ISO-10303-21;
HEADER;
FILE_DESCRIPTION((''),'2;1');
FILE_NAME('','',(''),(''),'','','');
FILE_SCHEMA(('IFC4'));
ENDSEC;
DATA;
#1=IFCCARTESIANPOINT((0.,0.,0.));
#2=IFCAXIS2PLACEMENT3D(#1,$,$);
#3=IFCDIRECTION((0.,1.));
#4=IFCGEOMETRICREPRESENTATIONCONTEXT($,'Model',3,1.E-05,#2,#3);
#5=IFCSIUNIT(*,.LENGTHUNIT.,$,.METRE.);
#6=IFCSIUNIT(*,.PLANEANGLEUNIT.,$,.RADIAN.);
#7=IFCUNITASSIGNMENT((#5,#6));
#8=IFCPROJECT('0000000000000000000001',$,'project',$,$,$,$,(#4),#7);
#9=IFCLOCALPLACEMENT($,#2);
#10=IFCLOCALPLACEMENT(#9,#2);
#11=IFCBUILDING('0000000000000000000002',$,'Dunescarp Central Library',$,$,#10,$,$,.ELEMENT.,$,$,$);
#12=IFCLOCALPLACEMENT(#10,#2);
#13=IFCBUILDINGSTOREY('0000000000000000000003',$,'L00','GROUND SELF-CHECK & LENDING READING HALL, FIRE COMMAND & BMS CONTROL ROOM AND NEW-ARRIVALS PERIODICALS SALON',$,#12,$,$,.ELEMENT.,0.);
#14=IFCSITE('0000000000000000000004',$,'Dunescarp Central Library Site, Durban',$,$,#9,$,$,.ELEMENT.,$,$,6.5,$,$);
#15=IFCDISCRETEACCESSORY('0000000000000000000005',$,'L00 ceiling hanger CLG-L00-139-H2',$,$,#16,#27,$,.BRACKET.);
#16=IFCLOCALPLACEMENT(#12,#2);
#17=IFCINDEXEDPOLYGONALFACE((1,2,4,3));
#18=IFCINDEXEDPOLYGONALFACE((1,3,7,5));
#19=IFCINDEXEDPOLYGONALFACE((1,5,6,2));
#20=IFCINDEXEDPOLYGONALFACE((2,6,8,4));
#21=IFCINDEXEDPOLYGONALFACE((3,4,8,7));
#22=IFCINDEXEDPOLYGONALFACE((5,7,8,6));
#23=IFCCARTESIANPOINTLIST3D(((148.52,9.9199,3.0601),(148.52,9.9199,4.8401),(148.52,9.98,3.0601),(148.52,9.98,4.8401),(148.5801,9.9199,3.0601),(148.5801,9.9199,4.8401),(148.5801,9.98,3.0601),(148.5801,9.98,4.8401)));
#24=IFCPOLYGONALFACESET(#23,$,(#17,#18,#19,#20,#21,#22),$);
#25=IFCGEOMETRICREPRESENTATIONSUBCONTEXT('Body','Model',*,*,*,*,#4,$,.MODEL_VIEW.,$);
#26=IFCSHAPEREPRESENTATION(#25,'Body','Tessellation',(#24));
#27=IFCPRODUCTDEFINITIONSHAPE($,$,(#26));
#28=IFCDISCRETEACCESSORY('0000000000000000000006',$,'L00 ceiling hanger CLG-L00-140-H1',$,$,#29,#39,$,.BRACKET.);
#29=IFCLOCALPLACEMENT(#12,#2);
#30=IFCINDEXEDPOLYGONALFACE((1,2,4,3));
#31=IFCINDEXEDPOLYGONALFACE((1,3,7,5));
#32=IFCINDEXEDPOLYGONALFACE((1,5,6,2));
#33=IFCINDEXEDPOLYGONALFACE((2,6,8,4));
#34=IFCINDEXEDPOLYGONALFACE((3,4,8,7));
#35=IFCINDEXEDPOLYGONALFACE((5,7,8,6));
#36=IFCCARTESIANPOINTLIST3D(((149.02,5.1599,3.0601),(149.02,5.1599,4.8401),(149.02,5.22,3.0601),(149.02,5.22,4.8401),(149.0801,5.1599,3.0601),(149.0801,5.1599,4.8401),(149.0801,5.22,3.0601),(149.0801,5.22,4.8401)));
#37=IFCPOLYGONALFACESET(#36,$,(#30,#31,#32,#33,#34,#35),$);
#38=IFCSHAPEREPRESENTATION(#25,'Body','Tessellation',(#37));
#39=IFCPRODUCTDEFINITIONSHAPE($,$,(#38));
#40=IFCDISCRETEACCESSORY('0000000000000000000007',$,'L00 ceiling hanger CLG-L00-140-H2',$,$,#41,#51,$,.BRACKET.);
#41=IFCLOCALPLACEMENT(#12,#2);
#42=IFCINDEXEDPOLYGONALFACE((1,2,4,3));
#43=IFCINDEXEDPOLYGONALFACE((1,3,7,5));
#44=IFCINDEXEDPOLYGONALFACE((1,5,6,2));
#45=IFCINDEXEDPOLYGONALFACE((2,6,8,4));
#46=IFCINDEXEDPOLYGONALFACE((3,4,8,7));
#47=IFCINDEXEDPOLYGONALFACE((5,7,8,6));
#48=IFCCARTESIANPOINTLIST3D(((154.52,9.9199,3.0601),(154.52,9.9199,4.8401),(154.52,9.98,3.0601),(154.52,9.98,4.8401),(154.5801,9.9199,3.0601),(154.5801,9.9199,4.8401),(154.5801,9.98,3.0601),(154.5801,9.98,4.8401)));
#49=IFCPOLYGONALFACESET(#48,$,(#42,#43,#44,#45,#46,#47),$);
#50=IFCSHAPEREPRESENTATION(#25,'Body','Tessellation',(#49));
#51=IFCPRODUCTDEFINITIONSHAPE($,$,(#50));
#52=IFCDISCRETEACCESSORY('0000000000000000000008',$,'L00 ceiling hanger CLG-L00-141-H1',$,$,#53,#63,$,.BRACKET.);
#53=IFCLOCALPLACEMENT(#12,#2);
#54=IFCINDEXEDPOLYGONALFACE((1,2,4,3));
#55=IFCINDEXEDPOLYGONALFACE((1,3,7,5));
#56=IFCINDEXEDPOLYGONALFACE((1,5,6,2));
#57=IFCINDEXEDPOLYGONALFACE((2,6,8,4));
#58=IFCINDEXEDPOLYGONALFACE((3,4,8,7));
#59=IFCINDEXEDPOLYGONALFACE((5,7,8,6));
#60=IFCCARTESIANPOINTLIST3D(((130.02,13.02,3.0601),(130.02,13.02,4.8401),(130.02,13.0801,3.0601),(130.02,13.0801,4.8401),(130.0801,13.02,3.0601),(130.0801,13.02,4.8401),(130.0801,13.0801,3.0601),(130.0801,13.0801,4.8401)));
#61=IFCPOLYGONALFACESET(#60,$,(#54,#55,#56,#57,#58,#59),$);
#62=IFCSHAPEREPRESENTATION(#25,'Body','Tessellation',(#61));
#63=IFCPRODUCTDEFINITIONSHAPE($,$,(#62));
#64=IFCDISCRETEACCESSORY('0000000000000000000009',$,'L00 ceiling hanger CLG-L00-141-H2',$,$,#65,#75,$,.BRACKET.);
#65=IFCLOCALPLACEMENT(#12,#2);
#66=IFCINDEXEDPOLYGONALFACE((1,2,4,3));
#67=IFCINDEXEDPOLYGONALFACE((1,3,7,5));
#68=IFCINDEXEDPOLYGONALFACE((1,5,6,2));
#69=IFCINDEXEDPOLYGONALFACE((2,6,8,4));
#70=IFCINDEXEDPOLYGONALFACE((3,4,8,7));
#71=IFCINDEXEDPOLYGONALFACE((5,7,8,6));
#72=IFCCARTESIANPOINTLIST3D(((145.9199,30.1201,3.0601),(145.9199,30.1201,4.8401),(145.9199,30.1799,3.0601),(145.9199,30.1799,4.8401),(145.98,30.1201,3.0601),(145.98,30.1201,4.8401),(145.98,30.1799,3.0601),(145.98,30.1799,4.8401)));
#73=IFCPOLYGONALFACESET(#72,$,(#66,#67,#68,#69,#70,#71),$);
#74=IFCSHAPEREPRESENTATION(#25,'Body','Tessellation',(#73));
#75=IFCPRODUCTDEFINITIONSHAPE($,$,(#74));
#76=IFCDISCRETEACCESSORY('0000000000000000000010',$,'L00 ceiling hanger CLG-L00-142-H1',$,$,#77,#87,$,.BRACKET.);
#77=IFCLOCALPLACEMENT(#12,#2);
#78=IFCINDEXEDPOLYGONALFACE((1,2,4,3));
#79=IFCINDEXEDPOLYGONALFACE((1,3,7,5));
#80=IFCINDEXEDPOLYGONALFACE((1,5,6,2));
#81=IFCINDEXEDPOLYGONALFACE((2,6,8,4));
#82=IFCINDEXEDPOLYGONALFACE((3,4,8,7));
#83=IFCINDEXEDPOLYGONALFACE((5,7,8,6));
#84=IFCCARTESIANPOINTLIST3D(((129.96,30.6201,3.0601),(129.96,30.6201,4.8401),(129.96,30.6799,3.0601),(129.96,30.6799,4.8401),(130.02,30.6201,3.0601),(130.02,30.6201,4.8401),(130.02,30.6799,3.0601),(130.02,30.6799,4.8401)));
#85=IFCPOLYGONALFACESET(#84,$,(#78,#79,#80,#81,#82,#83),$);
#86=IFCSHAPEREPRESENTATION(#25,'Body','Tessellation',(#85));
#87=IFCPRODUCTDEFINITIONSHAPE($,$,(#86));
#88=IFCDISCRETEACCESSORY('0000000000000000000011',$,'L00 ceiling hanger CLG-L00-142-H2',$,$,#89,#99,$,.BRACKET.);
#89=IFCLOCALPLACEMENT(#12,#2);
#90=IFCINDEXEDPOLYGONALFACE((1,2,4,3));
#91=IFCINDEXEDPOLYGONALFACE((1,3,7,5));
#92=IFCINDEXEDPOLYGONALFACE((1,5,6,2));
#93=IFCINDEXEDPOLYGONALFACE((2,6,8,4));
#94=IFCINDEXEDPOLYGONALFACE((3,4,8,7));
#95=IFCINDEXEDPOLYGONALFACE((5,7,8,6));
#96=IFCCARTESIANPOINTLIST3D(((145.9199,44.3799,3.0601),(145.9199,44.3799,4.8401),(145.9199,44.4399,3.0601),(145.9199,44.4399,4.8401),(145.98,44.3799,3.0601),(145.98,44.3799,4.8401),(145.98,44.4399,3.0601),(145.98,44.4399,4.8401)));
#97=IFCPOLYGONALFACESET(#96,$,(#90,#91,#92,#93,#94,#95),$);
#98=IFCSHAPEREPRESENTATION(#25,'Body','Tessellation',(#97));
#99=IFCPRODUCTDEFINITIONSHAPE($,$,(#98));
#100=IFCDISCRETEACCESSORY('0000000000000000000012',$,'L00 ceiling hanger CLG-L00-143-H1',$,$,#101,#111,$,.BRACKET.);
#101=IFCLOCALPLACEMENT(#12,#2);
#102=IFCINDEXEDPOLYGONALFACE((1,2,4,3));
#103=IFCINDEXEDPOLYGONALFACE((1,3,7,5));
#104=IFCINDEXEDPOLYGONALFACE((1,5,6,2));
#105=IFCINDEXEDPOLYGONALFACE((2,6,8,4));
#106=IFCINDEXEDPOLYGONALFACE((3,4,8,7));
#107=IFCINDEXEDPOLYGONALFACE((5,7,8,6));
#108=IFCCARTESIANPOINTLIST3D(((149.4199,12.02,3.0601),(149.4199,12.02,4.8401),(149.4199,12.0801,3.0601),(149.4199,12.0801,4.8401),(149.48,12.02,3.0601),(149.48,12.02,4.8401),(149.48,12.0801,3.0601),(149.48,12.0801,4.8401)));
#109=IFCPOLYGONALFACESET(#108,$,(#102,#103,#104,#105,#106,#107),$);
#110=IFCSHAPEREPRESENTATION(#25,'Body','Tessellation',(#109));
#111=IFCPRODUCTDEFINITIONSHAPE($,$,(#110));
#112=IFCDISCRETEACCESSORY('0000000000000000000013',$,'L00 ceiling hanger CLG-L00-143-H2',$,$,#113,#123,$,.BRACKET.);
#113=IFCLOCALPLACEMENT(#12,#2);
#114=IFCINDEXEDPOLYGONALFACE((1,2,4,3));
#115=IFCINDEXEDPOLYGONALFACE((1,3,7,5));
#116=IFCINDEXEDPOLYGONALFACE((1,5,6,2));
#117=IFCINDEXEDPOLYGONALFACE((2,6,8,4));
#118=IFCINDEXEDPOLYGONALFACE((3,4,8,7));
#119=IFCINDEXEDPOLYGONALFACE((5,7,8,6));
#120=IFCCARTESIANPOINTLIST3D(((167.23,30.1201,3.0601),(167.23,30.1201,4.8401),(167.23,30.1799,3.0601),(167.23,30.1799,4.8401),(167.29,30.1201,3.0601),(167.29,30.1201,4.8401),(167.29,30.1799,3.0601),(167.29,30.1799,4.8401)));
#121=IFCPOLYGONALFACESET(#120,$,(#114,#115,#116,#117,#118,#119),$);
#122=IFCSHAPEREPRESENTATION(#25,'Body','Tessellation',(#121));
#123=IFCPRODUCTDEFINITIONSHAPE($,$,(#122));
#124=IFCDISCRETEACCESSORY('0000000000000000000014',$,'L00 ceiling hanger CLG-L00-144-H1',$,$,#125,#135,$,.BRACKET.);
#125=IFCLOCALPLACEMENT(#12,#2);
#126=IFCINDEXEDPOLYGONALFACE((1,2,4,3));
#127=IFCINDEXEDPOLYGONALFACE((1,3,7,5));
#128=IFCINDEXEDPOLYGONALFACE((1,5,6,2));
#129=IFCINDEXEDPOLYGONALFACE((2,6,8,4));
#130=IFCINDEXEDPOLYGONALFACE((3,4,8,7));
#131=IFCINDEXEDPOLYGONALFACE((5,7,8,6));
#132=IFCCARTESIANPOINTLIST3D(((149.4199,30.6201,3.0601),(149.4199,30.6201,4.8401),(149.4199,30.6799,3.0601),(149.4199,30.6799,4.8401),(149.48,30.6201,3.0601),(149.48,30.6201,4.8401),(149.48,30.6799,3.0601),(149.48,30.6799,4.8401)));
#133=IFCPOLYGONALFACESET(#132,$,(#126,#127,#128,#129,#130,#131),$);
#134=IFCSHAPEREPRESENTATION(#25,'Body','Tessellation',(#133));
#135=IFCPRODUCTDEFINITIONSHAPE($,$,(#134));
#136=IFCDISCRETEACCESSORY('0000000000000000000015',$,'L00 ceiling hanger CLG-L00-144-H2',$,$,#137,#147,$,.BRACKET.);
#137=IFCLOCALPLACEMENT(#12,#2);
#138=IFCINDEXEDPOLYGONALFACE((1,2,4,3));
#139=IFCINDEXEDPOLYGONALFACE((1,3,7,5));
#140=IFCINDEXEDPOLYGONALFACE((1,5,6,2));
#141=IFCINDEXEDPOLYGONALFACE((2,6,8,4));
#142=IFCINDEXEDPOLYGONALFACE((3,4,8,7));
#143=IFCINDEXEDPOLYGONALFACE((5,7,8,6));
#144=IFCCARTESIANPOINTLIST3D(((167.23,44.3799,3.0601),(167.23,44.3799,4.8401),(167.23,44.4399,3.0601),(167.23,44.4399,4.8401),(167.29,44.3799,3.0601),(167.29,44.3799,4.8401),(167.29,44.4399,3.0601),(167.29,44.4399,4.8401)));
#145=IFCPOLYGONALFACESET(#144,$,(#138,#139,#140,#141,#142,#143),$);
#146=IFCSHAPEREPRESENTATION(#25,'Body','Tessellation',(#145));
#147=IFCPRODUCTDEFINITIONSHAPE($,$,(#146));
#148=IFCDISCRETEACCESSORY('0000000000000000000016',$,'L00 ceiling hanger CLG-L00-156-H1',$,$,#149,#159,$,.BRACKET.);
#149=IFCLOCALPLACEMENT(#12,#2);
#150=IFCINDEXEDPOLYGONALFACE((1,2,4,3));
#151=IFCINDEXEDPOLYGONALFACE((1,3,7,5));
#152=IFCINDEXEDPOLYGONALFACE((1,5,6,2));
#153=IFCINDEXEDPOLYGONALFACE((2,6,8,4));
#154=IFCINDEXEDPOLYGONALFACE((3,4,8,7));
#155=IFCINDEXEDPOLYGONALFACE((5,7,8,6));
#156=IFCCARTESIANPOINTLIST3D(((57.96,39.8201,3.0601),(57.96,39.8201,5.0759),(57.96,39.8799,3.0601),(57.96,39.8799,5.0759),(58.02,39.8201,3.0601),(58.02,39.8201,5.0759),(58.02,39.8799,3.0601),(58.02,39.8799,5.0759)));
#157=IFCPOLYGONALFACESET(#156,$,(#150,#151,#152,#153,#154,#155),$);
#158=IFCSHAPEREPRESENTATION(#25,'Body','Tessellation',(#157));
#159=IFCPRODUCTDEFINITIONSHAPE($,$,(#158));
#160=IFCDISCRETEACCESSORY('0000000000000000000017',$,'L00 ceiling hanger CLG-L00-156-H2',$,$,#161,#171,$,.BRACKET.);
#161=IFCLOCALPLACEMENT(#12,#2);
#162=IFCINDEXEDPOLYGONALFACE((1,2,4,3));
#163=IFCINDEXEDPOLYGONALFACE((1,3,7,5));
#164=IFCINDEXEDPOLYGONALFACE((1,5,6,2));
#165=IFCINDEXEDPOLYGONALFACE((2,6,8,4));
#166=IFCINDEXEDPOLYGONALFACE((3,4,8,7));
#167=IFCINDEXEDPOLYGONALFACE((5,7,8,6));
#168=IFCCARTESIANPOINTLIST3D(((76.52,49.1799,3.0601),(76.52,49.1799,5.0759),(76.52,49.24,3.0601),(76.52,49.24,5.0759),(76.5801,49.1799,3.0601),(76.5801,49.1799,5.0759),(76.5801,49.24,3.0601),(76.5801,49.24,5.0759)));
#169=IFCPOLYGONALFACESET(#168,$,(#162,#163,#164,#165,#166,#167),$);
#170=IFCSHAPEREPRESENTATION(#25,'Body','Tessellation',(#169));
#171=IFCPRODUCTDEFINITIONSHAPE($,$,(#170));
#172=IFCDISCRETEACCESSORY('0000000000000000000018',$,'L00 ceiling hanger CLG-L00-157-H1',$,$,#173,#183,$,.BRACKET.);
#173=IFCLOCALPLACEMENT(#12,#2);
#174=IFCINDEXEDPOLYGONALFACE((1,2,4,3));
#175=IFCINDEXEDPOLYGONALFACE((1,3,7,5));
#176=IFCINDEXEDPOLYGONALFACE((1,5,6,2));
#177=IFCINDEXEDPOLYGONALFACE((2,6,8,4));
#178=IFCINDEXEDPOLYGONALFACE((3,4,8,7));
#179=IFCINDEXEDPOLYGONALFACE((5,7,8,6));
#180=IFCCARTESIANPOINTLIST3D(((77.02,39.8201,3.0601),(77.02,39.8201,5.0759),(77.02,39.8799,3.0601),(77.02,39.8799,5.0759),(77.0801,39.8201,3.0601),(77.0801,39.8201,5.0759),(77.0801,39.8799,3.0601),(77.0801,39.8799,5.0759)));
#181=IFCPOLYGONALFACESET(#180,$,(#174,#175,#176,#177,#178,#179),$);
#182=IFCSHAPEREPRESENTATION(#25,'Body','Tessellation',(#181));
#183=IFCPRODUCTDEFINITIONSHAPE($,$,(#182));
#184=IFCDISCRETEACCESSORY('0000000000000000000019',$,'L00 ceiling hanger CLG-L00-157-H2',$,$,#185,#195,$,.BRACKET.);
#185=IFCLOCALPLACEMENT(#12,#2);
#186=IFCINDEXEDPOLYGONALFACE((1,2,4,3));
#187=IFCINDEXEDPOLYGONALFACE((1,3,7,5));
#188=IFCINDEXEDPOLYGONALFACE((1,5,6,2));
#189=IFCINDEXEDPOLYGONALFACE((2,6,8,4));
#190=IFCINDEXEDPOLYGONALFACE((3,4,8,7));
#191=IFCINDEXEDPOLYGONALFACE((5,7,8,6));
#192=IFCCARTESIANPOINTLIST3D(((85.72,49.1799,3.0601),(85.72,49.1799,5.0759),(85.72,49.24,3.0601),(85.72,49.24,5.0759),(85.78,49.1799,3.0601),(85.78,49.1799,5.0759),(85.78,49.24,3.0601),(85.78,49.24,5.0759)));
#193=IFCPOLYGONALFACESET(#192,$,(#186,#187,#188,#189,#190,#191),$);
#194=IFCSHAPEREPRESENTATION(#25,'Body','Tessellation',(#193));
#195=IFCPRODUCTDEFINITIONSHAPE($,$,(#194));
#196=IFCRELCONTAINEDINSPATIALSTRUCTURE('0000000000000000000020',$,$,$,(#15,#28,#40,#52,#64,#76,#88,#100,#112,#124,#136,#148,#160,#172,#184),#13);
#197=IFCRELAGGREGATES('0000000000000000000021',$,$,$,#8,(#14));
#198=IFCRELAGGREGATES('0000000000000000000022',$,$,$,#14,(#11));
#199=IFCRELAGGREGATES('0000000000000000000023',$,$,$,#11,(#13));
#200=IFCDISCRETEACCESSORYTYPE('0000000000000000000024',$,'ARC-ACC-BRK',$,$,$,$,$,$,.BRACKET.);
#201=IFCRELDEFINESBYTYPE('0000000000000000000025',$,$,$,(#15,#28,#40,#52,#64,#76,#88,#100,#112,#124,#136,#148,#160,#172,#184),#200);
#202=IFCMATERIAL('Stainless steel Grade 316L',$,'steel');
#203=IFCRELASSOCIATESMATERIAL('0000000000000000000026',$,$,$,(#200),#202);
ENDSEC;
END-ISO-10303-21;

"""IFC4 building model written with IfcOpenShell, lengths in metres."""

from ifc_helpers import new_model, si_unit, direction, frame, origin, place, context, subcontext, project, spatial, polyline, outline, extrude, material, type_object, element, save


model = new_model("IFC4")

# Units and contexts
model_context = context("Model", 3, precision=1e-05, world=origin(), true_north=direction((0.0, 1.0)))
body_context = subcontext(model_context, "Body", "Model", "MODEL_VIEW")
ifc_project = project(units=[si_unit("LENGTHUNIT", "METRE"), si_unit("PLANEANGLEUNIT", "RADIAN")], contexts=[model_context])

# Site, building, storey
site_placement = place(None, origin())
site = spatial("IfcSite", under=ifc_project, at=site_placement, Name="Dunescarp Central Library Site, Durban", CompositionType="ELEMENT", RefElevation=6.5)
building_placement = place(site_placement, origin())
building = spatial("IfcBuilding", under=site, at=building_placement, Name="Dunescarp Central Library", CompositionType="ELEMENT")
storey_placement = place(building_placement, origin())
storey = spatial("IfcBuildingStorey", under=building, at=storey_placement, Name="L00", Description="GROUND SELF-CHECK & LENDING READING HALL, FIRE COMMAND & BMS CONTROL ROOM AND NEW-ARRIVALS PERIODICALS SALON", CompositionType="ELEMENT", Elevation=0.0)

# Discrete accessories
ifc_material_1 = material(Name="Stainless steel Grade 316L", Category="steel")
discrete_accessory_type = type_object("IfcDiscreteAccessoryType", Name="ARC-ACC-BRK", PredefinedType="BRACKET", material=ifc_material_1)
discrete_accessory_1_placement = place(storey_placement, frame((0.0, 0.0, 3.0601)))
element("IfcDiscreteAccessory", 1, at=discrete_accessory_1_placement, inside=storey, type_object=discrete_accessory_type, Name="L00 ceiling hanger CLG-L00-139-H2", PredefinedType="BRACKET", context=body_context, shape_type="SweptSolid", body=[
    extrude(outline(polyline([(148.52, 9.9199), (148.5801, 9.9199), (148.5801, 9.98), (148.52, 9.98), (148.52, 9.9199)])), origin(), (0.0, 0.0, 1.0), 1.78),
])
discrete_accessory_2_placement = place(storey_placement, frame((0.0, 0.0, 3.0601)))
element("IfcDiscreteAccessory", 2, at=discrete_accessory_2_placement, inside=storey, type_object=discrete_accessory_type, Name="L00 ceiling hanger CLG-L00-140-H1", PredefinedType="BRACKET", context=body_context, shape_type="SweptSolid", body=[
    extrude(outline(polyline([(149.02, 5.1599), (149.0801, 5.1599), (149.0801, 5.22), (149.02, 5.22), (149.02, 5.1599)])), origin(), (0.0, 0.0, 1.0), 1.78),
])
discrete_accessory_3_placement = place(storey_placement, frame((0.0, 0.0, 3.0601)))
element("IfcDiscreteAccessory", 3, at=discrete_accessory_3_placement, inside=storey, type_object=discrete_accessory_type, Name="L00 ceiling hanger CLG-L00-140-H2", PredefinedType="BRACKET", context=body_context, shape_type="SweptSolid", body=[
    extrude(outline(polyline([(154.52, 9.9199), (154.5801, 9.9199), (154.5801, 9.98), (154.52, 9.98), (154.52, 9.9199)])), origin(), (0.0, 0.0, 1.0), 1.78),
])
discrete_accessory_4_placement = place(storey_placement, frame((0.0, 0.0, 3.0601)))
element("IfcDiscreteAccessory", 4, at=discrete_accessory_4_placement, inside=storey, type_object=discrete_accessory_type, Name="L00 ceiling hanger CLG-L00-141-H1", PredefinedType="BRACKET", context=body_context, shape_type="SweptSolid", body=[
    extrude(outline(polyline([(130.02, 13.02), (130.0801, 13.02), (130.0801, 13.0801), (130.02, 13.0801), (130.02, 13.02)])), origin(), (0.0, 0.0, 1.0), 1.78),
])
discrete_accessory_5_placement = place(storey_placement, frame((0.0, 0.0, 3.0601)))
element("IfcDiscreteAccessory", 5, at=discrete_accessory_5_placement, inside=storey, type_object=discrete_accessory_type, Name="L00 ceiling hanger CLG-L00-141-H2", PredefinedType="BRACKET", context=body_context, shape_type="SweptSolid", body=[
    extrude(outline(polyline([(145.9199, 30.1201), (145.98, 30.1201), (145.98, 30.1799), (145.9199, 30.1799), (145.9199, 30.1201)])), origin(), (0.0, 0.0, 1.0), 1.78),
])
discrete_accessory_6_placement = place(storey_placement, frame((0.0, 0.0, 3.0601)))
element("IfcDiscreteAccessory", 6, at=discrete_accessory_6_placement, inside=storey, type_object=discrete_accessory_type, Name="L00 ceiling hanger CLG-L00-142-H1", PredefinedType="BRACKET", context=body_context, shape_type="SweptSolid", body=[
    extrude(outline(polyline([(129.96, 30.6201), (130.02, 30.6201), (130.02, 30.6799), (129.96, 30.6799), (129.96, 30.6201)])), origin(), (0.0, 0.0, 1.0), 1.78),
])
discrete_accessory_7_placement = place(storey_placement, frame((0.0, 0.0, 3.0601)))
element("IfcDiscreteAccessory", 7, at=discrete_accessory_7_placement, inside=storey, type_object=discrete_accessory_type, Name="L00 ceiling hanger CLG-L00-142-H2", PredefinedType="BRACKET", context=body_context, shape_type="SweptSolid", body=[
    extrude(outline(polyline([(145.9199, 44.3799), (145.98, 44.3799), (145.98, 44.4399), (145.9199, 44.4399), (145.9199, 44.3799)])), origin(), (0.0, 0.0, 1.0), 1.78),
])
discrete_accessory_8_placement = place(storey_placement, frame((0.0, 0.0, 3.0601)))
element("IfcDiscreteAccessory", 8, at=discrete_accessory_8_placement, inside=storey, type_object=discrete_accessory_type, Name="L00 ceiling hanger CLG-L00-143-H1", PredefinedType="BRACKET", context=body_context, shape_type="SweptSolid", body=[
    extrude(outline(polyline([(149.4199, 12.02), (149.48, 12.02), (149.48, 12.0801), (149.4199, 12.0801), (149.4199, 12.02)])), origin(), (0.0, 0.0, 1.0), 1.78),
])
discrete_accessory_9_placement = place(storey_placement, frame((0.0, 0.0, 3.0601)))
element("IfcDiscreteAccessory", 9, at=discrete_accessory_9_placement, inside=storey, type_object=discrete_accessory_type, Name="L00 ceiling hanger CLG-L00-143-H2", PredefinedType="BRACKET", context=body_context, shape_type="SweptSolid", body=[
    extrude(outline(polyline([(167.23, 30.1201), (167.29, 30.1201), (167.29, 30.1799), (167.23, 30.1799), (167.23, 30.1201)])), origin(), (0.0, 0.0, 1.0), 1.78),
])
discrete_accessory_10_placement = place(storey_placement, frame((0.0, 0.0, 3.0601)))
element("IfcDiscreteAccessory", 10, at=discrete_accessory_10_placement, inside=storey, type_object=discrete_accessory_type, Name="L00 ceiling hanger CLG-L00-144-H1", PredefinedType="BRACKET", context=body_context, shape_type="SweptSolid", body=[
    extrude(outline(polyline([(149.4199, 30.6201), (149.48, 30.6201), (149.48, 30.6799), (149.4199, 30.6799), (149.4199, 30.6201)])), origin(), (0.0, 0.0, 1.0), 1.78),
])
discrete_accessory_11_placement = place(storey_placement, frame((0.0, 0.0, 3.0601)))
element("IfcDiscreteAccessory", 11, at=discrete_accessory_11_placement, inside=storey, type_object=discrete_accessory_type, Name="L00 ceiling hanger CLG-L00-144-H2", PredefinedType="BRACKET", context=body_context, shape_type="SweptSolid", body=[
    extrude(outline(polyline([(167.23, 44.3799), (167.29, 44.3799), (167.29, 44.4399), (167.23, 44.4399), (167.23, 44.3799)])), origin(), (0.0, 0.0, 1.0), 1.78),
])
discrete_accessory_12_placement = place(storey_placement, frame((0.0, 0.0, 3.0601)))
element("IfcDiscreteAccessory", 12, at=discrete_accessory_12_placement, inside=storey, type_object=discrete_accessory_type, Name="L00 ceiling hanger CLG-L00-156-H1", PredefinedType="BRACKET", context=body_context, shape_type="SweptSolid", body=[
    extrude(outline(polyline([(57.96, 39.8201), (58.02, 39.8201), (58.02, 39.8799), (57.96, 39.8799), (57.96, 39.8201)])), origin(), (0.0, 0.0, 1.0), 2.0159),
])
discrete_accessory_13_placement = place(storey_placement, frame((0.0, 0.0, 3.0601)))
element("IfcDiscreteAccessory", 13, at=discrete_accessory_13_placement, inside=storey, type_object=discrete_accessory_type, Name="L00 ceiling hanger CLG-L00-156-H2", PredefinedType="BRACKET", context=body_context, shape_type="SweptSolid", body=[
    extrude(outline(polyline([(76.52, 49.1799), (76.5801, 49.1799), (76.5801, 49.24), (76.52, 49.24), (76.52, 49.1799)])), origin(), (0.0, 0.0, 1.0), 2.0159),
])
discrete_accessory_14_placement = place(storey_placement, frame((0.0, 0.0, 3.0601)))
element("IfcDiscreteAccessory", 14, at=discrete_accessory_14_placement, inside=storey, type_object=discrete_accessory_type, Name="L00 ceiling hanger CLG-L00-157-H1", PredefinedType="BRACKET", context=body_context, shape_type="SweptSolid", body=[
    extrude(outline(polyline([(77.02, 39.8201), (77.0801, 39.8201), (77.0801, 39.8799), (77.02, 39.8799), (77.02, 39.8201)])), origin(), (0.0, 0.0, 1.0), 2.0159),
])
discrete_accessory_15_placement = place(storey_placement, frame((0.0, 0.0, 3.0601)))
element("IfcDiscreteAccessory", 15, at=discrete_accessory_15_placement, inside=storey, type_object=discrete_accessory_type, Name="L00 ceiling hanger CLG-L00-157-H2", PredefinedType="BRACKET", context=body_context, shape_type="SweptSolid", body=[
    extrude(outline(polyline([(85.72, 49.1799), (85.78, 49.1799), (85.78, 49.24), (85.72, 49.24), (85.72, 49.1799)])), origin(), (0.0, 0.0, 1.0), 2.0159),
])

save(model, "model.ifc")
